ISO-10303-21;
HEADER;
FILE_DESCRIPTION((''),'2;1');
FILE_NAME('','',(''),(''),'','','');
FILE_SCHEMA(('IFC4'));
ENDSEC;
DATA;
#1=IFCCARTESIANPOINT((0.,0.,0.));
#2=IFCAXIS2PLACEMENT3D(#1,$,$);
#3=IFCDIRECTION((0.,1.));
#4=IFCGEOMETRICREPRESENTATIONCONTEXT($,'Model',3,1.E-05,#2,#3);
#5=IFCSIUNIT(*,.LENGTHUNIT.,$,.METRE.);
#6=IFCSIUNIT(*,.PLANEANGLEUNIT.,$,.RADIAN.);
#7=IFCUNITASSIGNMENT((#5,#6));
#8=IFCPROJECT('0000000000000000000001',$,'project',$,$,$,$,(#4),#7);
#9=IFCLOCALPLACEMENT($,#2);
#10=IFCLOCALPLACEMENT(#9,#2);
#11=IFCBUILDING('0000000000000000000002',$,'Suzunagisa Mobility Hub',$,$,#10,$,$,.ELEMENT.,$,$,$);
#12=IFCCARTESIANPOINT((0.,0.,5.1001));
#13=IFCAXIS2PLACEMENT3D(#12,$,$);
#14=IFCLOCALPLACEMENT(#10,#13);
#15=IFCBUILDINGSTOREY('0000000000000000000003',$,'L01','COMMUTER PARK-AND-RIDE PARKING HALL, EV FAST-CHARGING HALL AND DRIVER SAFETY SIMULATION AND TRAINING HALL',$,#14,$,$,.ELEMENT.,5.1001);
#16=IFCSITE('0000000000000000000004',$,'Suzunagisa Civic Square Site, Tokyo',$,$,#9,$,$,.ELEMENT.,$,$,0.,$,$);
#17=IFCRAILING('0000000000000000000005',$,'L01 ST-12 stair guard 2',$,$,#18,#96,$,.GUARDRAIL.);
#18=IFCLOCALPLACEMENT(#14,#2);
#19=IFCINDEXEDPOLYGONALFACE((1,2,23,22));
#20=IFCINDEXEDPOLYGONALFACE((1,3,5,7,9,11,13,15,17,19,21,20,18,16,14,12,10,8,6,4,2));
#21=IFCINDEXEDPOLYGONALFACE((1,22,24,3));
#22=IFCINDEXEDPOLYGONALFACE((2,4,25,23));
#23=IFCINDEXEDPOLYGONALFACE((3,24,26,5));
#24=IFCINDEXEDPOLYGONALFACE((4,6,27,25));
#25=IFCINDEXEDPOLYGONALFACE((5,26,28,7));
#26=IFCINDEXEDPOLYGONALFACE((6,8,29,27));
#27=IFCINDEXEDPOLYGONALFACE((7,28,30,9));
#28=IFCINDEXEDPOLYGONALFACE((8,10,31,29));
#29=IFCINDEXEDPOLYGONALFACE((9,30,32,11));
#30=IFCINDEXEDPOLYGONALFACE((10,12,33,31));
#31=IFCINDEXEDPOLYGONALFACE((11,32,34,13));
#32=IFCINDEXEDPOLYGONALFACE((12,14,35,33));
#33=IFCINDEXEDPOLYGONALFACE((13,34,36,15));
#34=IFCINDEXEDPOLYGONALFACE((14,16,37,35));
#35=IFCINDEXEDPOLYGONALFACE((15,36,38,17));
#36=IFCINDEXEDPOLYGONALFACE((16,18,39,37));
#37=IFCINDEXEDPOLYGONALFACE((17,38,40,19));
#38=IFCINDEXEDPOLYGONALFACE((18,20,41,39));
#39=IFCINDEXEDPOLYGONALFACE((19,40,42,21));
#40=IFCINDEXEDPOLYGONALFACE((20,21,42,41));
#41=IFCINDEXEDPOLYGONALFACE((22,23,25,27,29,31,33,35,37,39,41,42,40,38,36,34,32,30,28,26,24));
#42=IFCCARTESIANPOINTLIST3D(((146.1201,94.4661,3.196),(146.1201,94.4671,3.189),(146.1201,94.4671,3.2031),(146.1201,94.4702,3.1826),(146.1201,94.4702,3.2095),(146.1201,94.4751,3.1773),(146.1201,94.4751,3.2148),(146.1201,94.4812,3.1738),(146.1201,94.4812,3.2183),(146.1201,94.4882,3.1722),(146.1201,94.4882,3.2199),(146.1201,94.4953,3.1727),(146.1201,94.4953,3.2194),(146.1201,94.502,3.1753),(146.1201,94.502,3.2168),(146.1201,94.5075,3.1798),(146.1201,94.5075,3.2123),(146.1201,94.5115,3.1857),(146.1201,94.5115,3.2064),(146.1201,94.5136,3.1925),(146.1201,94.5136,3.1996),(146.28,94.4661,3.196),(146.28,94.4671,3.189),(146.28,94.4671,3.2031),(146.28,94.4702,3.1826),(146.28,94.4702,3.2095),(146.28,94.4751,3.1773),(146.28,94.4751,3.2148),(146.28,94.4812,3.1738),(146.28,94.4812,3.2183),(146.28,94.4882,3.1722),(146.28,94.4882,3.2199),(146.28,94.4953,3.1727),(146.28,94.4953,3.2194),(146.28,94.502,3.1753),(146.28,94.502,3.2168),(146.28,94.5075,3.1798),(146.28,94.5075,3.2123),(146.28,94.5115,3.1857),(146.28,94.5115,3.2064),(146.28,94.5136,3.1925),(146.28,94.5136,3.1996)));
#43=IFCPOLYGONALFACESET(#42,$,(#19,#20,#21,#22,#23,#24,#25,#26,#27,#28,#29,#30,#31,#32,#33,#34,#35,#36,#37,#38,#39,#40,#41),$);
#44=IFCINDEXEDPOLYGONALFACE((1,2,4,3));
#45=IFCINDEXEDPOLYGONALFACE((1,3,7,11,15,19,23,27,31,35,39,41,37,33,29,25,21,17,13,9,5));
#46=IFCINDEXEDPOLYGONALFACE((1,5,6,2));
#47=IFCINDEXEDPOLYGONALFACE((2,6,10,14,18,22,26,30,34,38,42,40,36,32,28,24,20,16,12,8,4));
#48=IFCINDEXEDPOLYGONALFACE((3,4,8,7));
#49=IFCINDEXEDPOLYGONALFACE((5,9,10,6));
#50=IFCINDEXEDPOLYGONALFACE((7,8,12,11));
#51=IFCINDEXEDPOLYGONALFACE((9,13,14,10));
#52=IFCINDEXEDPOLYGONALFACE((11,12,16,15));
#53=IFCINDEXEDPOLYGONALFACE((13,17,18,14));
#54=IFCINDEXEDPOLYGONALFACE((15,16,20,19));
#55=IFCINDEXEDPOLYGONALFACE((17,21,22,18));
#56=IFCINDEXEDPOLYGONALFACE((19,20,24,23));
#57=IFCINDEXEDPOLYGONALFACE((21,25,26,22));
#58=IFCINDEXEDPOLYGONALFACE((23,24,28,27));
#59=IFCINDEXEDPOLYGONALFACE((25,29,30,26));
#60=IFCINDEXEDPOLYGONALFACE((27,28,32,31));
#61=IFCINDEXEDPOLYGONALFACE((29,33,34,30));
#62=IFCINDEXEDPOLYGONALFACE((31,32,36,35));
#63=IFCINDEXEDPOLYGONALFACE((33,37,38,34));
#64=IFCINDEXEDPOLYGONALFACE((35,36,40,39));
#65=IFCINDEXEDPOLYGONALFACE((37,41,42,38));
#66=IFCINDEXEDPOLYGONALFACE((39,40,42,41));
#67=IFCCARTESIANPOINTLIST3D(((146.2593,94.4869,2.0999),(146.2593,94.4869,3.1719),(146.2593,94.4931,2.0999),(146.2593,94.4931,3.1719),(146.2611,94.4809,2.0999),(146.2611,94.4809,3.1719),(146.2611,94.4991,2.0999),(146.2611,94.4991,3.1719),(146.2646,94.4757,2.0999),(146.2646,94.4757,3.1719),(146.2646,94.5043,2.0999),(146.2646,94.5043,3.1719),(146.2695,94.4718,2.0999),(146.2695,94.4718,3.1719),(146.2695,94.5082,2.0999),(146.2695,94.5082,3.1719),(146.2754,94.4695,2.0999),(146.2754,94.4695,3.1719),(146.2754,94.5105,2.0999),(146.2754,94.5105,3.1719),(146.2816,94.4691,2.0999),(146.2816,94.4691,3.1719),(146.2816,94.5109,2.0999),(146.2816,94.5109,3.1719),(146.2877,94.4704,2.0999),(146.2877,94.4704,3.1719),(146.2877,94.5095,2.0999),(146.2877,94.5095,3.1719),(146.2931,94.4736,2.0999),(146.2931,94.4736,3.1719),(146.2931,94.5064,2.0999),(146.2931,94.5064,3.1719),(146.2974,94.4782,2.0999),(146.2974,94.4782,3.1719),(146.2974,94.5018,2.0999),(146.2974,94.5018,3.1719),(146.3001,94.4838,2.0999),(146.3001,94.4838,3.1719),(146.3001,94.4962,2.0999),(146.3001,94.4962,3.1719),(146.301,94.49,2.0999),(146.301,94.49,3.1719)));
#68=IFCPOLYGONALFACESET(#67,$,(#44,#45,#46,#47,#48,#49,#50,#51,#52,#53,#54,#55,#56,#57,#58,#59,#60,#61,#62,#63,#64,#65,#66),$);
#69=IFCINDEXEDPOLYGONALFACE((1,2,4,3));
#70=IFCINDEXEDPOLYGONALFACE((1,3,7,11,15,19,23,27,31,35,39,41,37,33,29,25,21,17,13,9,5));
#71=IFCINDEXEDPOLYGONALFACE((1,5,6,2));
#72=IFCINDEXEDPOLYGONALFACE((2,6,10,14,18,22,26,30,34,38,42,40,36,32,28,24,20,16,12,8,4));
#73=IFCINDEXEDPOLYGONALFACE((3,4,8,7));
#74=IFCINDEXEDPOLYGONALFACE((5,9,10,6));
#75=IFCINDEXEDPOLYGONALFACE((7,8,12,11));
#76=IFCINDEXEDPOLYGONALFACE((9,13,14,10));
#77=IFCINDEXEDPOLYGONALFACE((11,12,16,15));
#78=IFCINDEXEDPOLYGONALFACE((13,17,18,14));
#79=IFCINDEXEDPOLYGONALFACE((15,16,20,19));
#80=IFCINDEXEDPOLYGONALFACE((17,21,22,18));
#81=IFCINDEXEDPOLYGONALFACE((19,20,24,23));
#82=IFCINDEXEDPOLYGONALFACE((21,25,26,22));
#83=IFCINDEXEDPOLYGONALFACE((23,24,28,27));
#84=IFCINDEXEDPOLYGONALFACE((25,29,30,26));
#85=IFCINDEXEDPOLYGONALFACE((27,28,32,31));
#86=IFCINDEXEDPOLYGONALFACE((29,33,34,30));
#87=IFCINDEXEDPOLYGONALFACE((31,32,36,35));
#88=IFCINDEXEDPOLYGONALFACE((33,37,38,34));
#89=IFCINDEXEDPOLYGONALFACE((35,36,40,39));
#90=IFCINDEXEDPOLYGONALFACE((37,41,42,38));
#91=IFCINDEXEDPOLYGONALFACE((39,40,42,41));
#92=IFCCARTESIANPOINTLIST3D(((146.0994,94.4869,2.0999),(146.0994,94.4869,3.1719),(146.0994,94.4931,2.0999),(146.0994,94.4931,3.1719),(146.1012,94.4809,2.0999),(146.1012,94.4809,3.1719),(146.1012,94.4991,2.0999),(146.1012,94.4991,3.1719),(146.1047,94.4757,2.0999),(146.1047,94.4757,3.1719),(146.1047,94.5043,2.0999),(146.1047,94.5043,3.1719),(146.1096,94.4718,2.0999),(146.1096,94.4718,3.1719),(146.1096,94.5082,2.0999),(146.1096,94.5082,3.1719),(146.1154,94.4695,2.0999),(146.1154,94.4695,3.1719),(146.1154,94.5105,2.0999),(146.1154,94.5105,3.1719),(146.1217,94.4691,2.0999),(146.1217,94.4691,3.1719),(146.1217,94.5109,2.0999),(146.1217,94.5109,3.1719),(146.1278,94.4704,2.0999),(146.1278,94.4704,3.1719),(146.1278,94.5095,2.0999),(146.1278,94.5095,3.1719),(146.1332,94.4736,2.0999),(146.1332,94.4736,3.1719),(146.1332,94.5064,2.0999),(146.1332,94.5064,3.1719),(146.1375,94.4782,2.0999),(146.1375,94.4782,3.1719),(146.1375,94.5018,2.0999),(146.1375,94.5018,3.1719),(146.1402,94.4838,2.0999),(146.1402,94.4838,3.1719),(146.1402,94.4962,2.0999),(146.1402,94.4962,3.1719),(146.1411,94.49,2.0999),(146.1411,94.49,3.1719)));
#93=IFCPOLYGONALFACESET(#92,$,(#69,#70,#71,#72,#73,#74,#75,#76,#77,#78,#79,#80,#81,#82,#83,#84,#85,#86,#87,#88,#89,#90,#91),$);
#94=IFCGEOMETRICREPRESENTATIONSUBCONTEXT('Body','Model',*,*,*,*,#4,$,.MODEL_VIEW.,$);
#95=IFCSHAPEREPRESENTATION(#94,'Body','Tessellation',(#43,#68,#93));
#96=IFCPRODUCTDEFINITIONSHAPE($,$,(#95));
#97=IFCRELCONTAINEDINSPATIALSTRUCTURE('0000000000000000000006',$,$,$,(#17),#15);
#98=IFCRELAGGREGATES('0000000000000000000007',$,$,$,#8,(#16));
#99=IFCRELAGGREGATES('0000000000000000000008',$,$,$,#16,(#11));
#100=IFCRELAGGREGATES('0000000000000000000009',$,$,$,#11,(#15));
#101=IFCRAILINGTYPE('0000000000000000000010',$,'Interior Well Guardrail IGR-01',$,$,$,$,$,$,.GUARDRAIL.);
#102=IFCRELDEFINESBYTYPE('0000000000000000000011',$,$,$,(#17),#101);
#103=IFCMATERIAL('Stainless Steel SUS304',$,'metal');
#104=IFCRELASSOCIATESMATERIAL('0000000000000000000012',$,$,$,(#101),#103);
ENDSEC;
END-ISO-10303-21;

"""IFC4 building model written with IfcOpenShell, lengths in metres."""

from ifc_helpers import new_model, si_unit, direction, frame, origin, origin_2d, place, context, subcontext, project, spatial, circle, extrude, material, type_object, element, save


model = new_model("IFC4")

# Units and contexts
model_context = context("Model", 3, precision=1e-05, world=origin(), true_north=direction((0.0, 1.0)))
body_context = subcontext(model_context, "Body", "Model", "MODEL_VIEW")
ifc_project = project(units=[si_unit("LENGTHUNIT", "METRE"), si_unit("PLANEANGLEUNIT", "RADIAN")], contexts=[model_context])

# Site, building, storey
site_placement = place(None, origin())
site = spatial("IfcSite", under=ifc_project, at=site_placement, Name="Suzunagisa Civic Square Site, Tokyo", CompositionType="ELEMENT", RefElevation=0.0)
building_placement = place(site_placement, origin())
building = spatial("IfcBuilding", under=site, at=building_placement, Name="Suzunagisa Mobility Hub", CompositionType="ELEMENT")
storey_placement = place(building_placement, frame((0.0, 0.0, 5.1001)))
storey = spatial("IfcBuildingStorey", under=building, at=storey_placement, Name="L01", Description="COMMUTER PARK-AND-RIDE PARKING HALL, EV FAST-CHARGING HALL AND DRIVER SAFETY SIMULATION AND TRAINING HALL", CompositionType="ELEMENT", Elevation=5.1001)

# Railing
ifc_material_1 = material(Name="Stainless Steel SUS304", Category="metal")
railing_type = type_object("IfcRailingType", Name="Interior Well Guardrail IGR-01", PredefinedType="GUARDRAIL", material=ifc_material_1)
railing_1_placement = place(storey_placement, frame((146.28, 94.49, 2.0999)))
element("IfcRailing", 1, at=railing_1_placement, inside=storey, type_object=railing_type, Name="L01 ST-12 stair guard 2", PredefinedType="GUARDRAIL", context=body_context, shape_type="SweptSolid", body=[
    extrude(circle(Radius=0.0239, at=origin_2d()), frame((0.0, 0.0, 1.0962), z_axis=(-1.0, 0.0, 0.0), x_axis=(0.0, -1.0, 0.0)), (0.0, 0.0, 1.0), 0.1599),
    extrude(circle(Radius=0.021, at=origin_2d()), origin(), (0.0, 0.0, 1.0), 1.072),
    extrude(circle(Radius=0.021, at=origin_2d()), frame((-0.1599, 0.0, 0.0)), (0.0, 0.0, 1.0), 1.072),
])

save(model, "model.ifc")
